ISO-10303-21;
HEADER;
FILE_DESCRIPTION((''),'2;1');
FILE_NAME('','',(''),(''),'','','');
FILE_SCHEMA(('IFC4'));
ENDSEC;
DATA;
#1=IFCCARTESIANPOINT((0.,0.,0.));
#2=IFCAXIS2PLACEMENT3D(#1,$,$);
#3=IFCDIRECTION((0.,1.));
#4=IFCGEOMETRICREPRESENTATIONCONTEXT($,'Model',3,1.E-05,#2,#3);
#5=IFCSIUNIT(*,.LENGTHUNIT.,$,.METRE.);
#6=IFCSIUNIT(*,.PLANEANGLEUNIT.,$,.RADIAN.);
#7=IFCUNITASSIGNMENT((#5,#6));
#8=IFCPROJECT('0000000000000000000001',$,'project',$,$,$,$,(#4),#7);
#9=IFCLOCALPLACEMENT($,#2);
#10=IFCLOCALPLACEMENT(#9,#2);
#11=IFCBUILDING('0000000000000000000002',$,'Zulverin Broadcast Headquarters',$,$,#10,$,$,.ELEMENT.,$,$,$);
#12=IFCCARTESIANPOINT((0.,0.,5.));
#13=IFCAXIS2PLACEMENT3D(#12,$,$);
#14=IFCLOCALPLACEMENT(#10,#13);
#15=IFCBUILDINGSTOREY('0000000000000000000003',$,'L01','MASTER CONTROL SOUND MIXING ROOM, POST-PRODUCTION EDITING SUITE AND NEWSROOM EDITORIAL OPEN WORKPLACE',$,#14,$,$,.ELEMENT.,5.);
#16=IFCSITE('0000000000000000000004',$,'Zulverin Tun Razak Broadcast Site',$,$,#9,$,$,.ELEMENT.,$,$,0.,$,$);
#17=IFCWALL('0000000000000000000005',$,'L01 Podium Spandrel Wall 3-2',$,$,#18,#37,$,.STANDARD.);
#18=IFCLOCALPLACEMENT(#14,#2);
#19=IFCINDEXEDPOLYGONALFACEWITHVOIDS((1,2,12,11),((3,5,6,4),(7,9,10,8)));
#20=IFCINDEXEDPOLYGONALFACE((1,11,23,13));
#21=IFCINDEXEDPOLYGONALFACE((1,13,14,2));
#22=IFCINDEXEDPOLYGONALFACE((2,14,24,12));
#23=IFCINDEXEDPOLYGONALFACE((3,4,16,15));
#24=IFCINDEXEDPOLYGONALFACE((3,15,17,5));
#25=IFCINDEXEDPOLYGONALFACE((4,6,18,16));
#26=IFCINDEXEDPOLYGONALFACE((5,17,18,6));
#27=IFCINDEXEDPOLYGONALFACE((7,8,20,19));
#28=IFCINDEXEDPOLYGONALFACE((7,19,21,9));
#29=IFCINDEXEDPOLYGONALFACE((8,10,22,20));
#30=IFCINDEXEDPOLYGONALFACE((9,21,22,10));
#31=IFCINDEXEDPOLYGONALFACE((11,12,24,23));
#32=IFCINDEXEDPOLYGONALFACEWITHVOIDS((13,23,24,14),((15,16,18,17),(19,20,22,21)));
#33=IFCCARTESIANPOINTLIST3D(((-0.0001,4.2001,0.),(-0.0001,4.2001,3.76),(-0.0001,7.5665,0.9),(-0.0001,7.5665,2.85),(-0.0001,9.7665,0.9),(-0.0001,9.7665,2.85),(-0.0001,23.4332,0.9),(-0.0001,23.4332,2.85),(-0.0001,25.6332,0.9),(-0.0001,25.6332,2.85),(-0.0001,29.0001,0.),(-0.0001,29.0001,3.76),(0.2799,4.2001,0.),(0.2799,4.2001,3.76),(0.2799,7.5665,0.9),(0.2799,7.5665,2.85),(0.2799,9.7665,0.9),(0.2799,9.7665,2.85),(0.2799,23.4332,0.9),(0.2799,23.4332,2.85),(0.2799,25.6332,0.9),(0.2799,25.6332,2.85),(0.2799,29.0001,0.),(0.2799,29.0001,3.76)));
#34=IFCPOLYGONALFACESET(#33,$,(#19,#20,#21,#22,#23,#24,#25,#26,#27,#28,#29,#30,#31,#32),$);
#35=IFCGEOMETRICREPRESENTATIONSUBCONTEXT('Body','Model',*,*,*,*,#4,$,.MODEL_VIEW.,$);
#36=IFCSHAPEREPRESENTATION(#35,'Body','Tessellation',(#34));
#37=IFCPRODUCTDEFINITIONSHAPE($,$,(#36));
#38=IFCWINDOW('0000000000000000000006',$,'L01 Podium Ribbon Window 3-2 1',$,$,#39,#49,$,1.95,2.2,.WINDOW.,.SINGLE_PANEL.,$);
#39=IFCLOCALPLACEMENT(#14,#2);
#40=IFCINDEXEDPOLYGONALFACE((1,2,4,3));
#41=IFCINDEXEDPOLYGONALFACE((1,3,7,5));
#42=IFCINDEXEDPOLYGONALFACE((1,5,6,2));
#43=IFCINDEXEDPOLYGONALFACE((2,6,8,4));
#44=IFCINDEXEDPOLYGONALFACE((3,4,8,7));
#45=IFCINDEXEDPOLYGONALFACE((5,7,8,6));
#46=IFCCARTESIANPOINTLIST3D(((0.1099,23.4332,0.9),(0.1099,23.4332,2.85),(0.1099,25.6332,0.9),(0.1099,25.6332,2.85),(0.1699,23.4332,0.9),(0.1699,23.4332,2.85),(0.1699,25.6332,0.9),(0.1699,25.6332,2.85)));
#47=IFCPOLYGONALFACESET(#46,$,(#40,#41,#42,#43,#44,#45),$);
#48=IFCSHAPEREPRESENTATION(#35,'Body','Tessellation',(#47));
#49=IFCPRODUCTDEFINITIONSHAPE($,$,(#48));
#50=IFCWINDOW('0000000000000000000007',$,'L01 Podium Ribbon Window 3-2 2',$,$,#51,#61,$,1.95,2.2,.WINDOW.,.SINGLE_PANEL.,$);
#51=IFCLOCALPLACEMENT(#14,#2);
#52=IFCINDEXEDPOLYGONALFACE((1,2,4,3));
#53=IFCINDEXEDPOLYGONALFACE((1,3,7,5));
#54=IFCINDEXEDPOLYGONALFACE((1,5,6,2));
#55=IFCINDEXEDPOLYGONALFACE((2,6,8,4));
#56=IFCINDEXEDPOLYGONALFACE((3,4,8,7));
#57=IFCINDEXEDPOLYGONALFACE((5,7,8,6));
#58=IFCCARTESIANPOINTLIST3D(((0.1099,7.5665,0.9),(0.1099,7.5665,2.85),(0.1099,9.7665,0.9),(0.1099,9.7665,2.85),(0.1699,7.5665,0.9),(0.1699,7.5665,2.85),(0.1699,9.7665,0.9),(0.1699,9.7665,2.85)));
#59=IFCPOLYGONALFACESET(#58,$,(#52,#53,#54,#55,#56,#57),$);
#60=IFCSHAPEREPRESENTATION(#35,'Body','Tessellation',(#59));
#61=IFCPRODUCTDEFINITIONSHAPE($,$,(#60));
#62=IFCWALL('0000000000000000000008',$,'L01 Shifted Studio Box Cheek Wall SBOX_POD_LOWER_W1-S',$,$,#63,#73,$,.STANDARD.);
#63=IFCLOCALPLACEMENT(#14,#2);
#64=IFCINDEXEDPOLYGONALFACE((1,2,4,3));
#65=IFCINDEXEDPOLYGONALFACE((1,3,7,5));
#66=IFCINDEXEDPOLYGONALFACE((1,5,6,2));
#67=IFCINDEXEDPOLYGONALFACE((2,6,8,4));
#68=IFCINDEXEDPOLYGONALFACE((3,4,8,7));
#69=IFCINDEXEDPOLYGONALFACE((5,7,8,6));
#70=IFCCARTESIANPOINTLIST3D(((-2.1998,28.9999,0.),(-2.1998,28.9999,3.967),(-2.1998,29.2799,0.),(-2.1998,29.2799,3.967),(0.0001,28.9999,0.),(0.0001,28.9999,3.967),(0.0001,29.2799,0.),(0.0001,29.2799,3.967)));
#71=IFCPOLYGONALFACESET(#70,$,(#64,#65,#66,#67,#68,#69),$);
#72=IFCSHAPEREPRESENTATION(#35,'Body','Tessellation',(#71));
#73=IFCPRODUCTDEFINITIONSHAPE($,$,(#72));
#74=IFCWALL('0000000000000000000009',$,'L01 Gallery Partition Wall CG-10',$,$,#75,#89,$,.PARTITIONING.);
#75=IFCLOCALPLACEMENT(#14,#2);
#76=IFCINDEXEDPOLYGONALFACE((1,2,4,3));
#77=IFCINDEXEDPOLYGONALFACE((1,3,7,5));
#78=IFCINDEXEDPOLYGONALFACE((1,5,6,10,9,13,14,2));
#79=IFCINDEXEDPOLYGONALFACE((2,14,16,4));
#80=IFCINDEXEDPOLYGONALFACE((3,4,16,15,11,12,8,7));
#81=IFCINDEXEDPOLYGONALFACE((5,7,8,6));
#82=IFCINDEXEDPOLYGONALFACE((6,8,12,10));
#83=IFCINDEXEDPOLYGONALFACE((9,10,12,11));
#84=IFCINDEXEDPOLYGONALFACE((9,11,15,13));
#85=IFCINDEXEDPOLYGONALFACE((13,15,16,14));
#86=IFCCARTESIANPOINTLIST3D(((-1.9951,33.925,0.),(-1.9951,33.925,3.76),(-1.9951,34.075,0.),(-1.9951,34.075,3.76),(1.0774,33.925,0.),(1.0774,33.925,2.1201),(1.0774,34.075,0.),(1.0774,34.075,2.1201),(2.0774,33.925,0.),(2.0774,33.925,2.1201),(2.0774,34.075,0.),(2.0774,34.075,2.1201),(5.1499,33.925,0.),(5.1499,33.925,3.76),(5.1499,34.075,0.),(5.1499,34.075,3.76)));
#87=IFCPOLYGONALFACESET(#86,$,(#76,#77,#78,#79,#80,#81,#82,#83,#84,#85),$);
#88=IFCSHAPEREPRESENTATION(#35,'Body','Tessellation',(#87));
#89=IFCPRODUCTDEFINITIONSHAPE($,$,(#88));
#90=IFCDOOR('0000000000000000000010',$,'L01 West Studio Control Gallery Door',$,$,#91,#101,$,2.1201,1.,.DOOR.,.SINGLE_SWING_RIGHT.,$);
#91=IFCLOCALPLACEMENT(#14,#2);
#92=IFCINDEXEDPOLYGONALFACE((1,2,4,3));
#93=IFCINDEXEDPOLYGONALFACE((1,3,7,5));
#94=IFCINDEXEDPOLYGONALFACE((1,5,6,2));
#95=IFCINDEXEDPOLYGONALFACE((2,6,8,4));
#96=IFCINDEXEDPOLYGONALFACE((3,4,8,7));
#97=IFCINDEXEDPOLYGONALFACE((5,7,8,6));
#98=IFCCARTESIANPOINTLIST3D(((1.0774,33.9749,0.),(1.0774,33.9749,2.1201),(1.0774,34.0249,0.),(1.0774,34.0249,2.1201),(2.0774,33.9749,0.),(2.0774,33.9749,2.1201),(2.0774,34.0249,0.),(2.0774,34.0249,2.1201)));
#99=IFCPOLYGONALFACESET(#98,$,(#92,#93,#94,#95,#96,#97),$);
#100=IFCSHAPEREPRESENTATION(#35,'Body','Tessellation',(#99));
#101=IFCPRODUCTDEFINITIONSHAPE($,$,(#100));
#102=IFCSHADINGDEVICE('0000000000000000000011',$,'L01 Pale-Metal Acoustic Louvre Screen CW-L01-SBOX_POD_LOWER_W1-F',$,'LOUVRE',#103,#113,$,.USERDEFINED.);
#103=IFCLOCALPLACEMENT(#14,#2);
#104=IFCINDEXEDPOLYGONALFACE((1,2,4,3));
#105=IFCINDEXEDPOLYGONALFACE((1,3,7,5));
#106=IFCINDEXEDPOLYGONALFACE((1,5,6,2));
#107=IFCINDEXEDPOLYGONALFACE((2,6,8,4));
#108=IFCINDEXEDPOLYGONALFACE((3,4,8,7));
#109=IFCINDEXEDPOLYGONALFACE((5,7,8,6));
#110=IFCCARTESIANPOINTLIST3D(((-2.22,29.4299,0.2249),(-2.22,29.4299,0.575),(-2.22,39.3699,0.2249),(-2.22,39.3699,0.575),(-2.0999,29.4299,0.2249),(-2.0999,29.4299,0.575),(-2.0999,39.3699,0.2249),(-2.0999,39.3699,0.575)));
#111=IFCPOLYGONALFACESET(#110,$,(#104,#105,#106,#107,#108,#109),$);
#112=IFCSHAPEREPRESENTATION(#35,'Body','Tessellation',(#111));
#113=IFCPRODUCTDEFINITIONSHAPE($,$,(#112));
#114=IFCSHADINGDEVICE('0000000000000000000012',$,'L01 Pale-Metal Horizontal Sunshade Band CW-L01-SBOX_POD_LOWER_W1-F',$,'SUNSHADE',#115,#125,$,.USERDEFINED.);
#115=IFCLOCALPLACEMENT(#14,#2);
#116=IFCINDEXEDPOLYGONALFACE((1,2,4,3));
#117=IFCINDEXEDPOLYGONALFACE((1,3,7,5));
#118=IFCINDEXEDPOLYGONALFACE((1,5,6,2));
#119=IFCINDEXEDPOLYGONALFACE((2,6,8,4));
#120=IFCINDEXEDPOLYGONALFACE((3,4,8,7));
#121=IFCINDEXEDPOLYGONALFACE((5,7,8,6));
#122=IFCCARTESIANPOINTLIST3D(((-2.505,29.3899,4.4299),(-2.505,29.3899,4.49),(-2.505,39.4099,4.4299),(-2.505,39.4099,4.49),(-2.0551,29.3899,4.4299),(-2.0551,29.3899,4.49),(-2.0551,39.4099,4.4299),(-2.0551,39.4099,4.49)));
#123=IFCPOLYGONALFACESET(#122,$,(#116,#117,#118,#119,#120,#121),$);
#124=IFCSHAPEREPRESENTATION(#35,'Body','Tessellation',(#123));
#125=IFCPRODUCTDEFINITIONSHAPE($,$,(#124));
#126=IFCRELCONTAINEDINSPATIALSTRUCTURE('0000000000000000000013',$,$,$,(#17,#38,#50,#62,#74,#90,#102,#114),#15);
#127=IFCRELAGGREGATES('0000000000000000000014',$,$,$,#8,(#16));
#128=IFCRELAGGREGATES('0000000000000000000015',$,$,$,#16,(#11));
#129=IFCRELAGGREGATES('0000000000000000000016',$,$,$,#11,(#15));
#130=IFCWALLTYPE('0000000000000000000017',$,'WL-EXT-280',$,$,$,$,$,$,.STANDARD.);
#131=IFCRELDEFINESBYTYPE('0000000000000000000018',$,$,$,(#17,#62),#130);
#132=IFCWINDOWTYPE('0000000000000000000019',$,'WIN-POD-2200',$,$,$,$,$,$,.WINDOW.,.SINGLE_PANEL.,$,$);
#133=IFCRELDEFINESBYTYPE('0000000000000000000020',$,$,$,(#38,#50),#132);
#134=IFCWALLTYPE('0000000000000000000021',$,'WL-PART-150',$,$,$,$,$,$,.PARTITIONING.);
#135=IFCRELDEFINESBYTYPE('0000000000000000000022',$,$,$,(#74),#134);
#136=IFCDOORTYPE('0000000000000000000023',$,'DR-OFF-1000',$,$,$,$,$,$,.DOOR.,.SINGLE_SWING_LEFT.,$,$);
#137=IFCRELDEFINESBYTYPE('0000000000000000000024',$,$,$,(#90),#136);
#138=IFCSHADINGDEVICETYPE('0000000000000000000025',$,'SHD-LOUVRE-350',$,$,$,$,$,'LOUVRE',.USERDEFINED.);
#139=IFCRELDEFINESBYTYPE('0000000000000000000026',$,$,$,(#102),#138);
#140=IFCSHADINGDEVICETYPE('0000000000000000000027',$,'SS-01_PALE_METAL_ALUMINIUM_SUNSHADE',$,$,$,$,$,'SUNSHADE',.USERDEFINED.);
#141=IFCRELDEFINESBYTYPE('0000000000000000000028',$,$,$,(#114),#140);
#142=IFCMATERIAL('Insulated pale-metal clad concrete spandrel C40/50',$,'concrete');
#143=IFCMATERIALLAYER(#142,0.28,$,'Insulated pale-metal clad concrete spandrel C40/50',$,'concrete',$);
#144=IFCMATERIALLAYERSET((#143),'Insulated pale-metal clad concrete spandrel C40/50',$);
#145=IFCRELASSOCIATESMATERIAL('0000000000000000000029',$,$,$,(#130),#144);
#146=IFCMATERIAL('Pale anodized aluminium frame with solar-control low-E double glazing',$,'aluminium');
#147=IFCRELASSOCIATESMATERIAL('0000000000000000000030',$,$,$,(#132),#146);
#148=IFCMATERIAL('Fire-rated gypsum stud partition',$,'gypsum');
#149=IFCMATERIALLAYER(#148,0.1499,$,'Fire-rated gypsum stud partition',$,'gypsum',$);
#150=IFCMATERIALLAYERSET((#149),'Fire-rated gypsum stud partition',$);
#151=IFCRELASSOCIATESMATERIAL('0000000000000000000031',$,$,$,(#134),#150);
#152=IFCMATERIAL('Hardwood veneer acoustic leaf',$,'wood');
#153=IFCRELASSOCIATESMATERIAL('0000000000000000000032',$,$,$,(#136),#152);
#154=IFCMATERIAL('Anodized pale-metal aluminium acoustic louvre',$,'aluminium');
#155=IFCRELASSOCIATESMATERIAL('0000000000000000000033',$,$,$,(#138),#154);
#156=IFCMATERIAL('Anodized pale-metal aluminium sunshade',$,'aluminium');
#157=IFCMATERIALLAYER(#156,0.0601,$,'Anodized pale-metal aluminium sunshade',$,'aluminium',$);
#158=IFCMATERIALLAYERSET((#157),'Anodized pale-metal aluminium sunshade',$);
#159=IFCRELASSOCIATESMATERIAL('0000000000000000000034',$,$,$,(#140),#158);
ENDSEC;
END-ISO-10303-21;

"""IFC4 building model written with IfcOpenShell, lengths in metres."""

from ifc_helpers import new_model, si_unit, direction, frame, frame_2d, origin, origin_2d, place, context, subcontext, project, spatial, rectangle, extrude, material, layer, layer_set, type_object, element, fill, save


model = new_model("IFC4")

# Units and contexts
model_context = context("Model", 3, precision=1e-05, world=origin(), true_north=direction((0.0, 1.0)))
body_context = subcontext(model_context, "Body", "Model", "MODEL_VIEW")
ifc_project = project(units=[si_unit("LENGTHUNIT", "METRE"), si_unit("PLANEANGLEUNIT", "RADIAN")], contexts=[model_context])

# Site, building, storey
site_placement = place(None, origin())
site = spatial("IfcSite", under=ifc_project, at=site_placement, Name="Zulverin Tun Razak Broadcast Site", CompositionType="ELEMENT", RefElevation=0.0)
building_placement = place(site_placement, origin())
building = spatial("IfcBuilding", under=site, at=building_placement, Name="Zulverin Broadcast Headquarters", CompositionType="ELEMENT")
storey_placement = place(building_placement, frame((0.0, 0.0, 5.0)))
storey = spatial("IfcBuildingStorey", under=building, at=storey_placement, Name="L01", Description="MASTER CONTROL SOUND MIXING ROOM, POST-PRODUCTION EDITING SUITE AND NEWSROOM EDITORIAL OPEN WORKPLACE", CompositionType="ELEMENT", Elevation=5.0)

# Wall, openings, windows
ifc_material_1 = material(Name="Insulated pale-metal clad concrete spandrel C40/50", Category="concrete")
ifc_layer_1 = layer(ifc_material_1, 0.28, Name="Insulated pale-metal clad concrete spandrel C40/50", Category="concrete")
ifc_layer_set_1 = layer_set([ifc_layer_1], Name="Insulated pale-metal clad concrete spandrel C40/50")
wall_type_1 = type_object("IfcWallType", Name="WL-EXT-280", PredefinedType="STANDARD", material=ifc_layer_set_1)
wall_1_placement = place(storey_placement, frame((0.1399, 29.0, 0.0), z_axis=(0.0, 0.0, 1.0), x_axis=(0.0, -1.0, 0.0)))
wall_1 = element("IfcWall", 1, at=wall_1_placement, inside=storey, type_object=wall_type_1, Name="L01 Podium Spandrel Wall 3-2", PredefinedType="STANDARD", context=body_context, shape_type="SweptSolid", body=[
    extrude(rectangle(XDim=24.8, YDim=0.28, at=frame_2d((12.3999, 0.0))), origin(), (0.0, 0.0, 1.0), 3.76),
])
opening_1_placement = place(wall_1_placement, frame((3.3667, 0.0, 0.8999)))
opening_1 = element("IfcOpeningElement", 2, at=opening_1_placement, cuts=wall_1, PredefinedType="OPENING", context=body_context, shape_type="SweptSolid", body=[
    extrude(rectangle(XDim=2.2, YDim=1.95, at=frame_2d((1.1001, 0.9751))), frame((0.0, 0.1499, 0.0), z_axis=(0.0, -1.0, 0.0), x_axis=(1.0, 0.0, 0.0)), (0.0, 0.0, 1.0), 0.3),
])
opening_2_placement = place(wall_1_placement, frame((19.2334, 0.0, 0.8999)))
opening_2 = element("IfcOpeningElement", 3, at=opening_2_placement, cuts=wall_1, PredefinedType="OPENING", context=body_context, shape_type="SweptSolid", body=[
    extrude(rectangle(XDim=2.2, YDim=1.95, at=frame_2d((1.1001, 0.9751))), frame((0.0, 0.1499, 0.0), z_axis=(0.0, -1.0, 0.0), x_axis=(1.0, 0.0, 0.0)), (0.0, 0.0, 1.0), 0.3),
])
ifc_material_2 = material(Name="Pale anodized aluminium frame with solar-control low-E double glazing", Category="aluminium")
window_type = type_object("IfcWindowType", Name="WIN-POD-2200", PartitioningType="SINGLE_PANEL", PredefinedType="WINDOW", material=ifc_material_2)
window_1_placement = place(opening_1_placement, origin())
window_1 = element("IfcWindow", 4, at=window_1_placement, inside=storey, type_object=window_type, Name="L01 Podium Ribbon Window 3-2 1", OverallHeight=1.95, OverallWidth=2.2, PartitioningType="SINGLE_PANEL", PredefinedType="WINDOW", context=body_context, shape_type="SweptSolid", body=[
    extrude(rectangle(XDim=2.2, YDim=1.95, at=frame_2d((1.1001, 0.9751))), frame((0.0, 0.03, 0.0), z_axis=(0.0, -1.0, 0.0), x_axis=(1.0, 0.0, 0.0)), (0.0, 0.0, 1.0), 0.0601),
])
fill(opening_1, window_1)
window_2_placement = place(opening_2_placement, origin())
window_2 = element("IfcWindow", 5, at=window_2_placement, inside=storey, type_object=window_type, Name="L01 Podium Ribbon Window 3-2 2", OverallHeight=1.95, OverallWidth=2.2, PartitioningType="SINGLE_PANEL", PredefinedType="WINDOW", context=body_context, shape_type="SweptSolid", body=[
    extrude(rectangle(XDim=2.2, YDim=1.95, at=frame_2d((1.1001, 0.9751))), frame((0.0, 0.03, 0.0), z_axis=(0.0, -1.0, 0.0), x_axis=(1.0, 0.0, 0.0)), (0.0, 0.0, 1.0), 0.0601),
])
fill(opening_2, window_2)

# Wall
wall_2_placement = place(storey_placement, frame((-2.2, 29.1399, 0.0), z_axis=(0.0, 0.0, 1.0), x_axis=(1.0, 0.0, 0.0)))
element("IfcWall", 6, at=wall_2_placement, inside=storey, type_object=wall_type_1, Name="L01 Shifted Studio Box Cheek Wall SBOX_POD_LOWER_W1-S", PredefinedType="STANDARD", context=body_context, shape_type="SweptSolid", body=[
    extrude(rectangle(XDim=2.2, YDim=0.28, at=frame_2d((1.1001, 0.0))), origin(), (0.0, 0.0, 1.0), 3.967),
])

# Wall, opening, door
ifc_material_3 = material(Name="Fire-rated gypsum stud partition", Category="gypsum")
ifc_layer_2 = layer(ifc_material_3, 0.1499, Name="Fire-rated gypsum stud partition", Category="gypsum")
ifc_layer_set_2 = layer_set([ifc_layer_2], Name="Fire-rated gypsum stud partition")
wall_type_2 = type_object("IfcWallType", Name="WL-PART-150", PredefinedType="PARTITIONING", material=ifc_layer_set_2)
wall_3_placement = place(storey_placement, frame((-1.9951, 34.0, 0.0), z_axis=(0.0, 0.0, 1.0), x_axis=(1.0, 0.0, 0.0)))
wall_3 = element("IfcWall", 7, at=wall_3_placement, inside=storey, type_object=wall_type_2, Name="L01 Gallery Partition Wall CG-10", PredefinedType="PARTITIONING", context=body_context, shape_type="SweptSolid", body=[
    extrude(rectangle(XDim=7.145, YDim=0.1499, at=frame_2d((3.5725, 0.0))), origin(), (0.0, 0.0, 1.0), 3.76),
])
opening_3_placement = place(wall_3_placement, frame((3.0725, 0.0, 0.0)))
opening_3 = element("IfcOpeningElement", 8, at=opening_3_placement, cuts=wall_3, PredefinedType="OPENING", context=body_context, shape_type="SweptSolid", body=[
    extrude(rectangle(XDim=1.0, YDim=2.1201, at=frame_2d((0.5, 1.0601))), frame((0.0, 0.085, 0.0), z_axis=(0.0, -1.0, 0.0), x_axis=(1.0, 0.0, 0.0)), (0.0, 0.0, 1.0), 0.1699),
])
ifc_material_4 = material(Name="Hardwood veneer acoustic leaf", Category="wood")
door_type = type_object("IfcDoorType", Name="DR-OFF-1000", OperationType="SINGLE_SWING_LEFT", PredefinedType="DOOR", material=ifc_material_4)
door_placement = place(opening_3_placement, origin())
door = element("IfcDoor", 9, at=door_placement, inside=storey, type_object=door_type, Name="L01 West Studio Control Gallery Door", OperationType="SINGLE_SWING_RIGHT", OverallHeight=2.1201, OverallWidth=1.0, PredefinedType="DOOR", context=body_context, shape_type="SweptSolid", body=[
    extrude(rectangle(XDim=1.0, YDim=2.1201, at=frame_2d((0.5, 1.0601))), frame((0.0, 0.0249, 0.0), z_axis=(0.0, -1.0, 0.0), x_axis=(1.0, 0.0, 0.0)), (0.0, 0.0, 1.0), 0.05),
])
fill(opening_3, door)

# Shading devices
ifc_material_5 = material(Name="Anodized pale-metal aluminium acoustic louvre", Category="aluminium")
shading_device_type_1 = type_object("IfcShadingDeviceType", Name="SHD-LOUVRE-350", ElementType="LOUVRE", PredefinedType="USERDEFINED", material=ifc_material_5)
shading_device_1_placement = place(storey_placement, frame((-2.1599, 34.3999, 0.2249), z_axis=(0.0, 0.0, 1.0), x_axis=(0.0, -1.0, 0.0)))
element("IfcShadingDevice", 10, at=shading_device_1_placement, inside=storey, type_object=shading_device_type_1, Name="L01 Pale-Metal Acoustic Louvre Screen CW-L01-SBOX_POD_LOWER_W1-F", ObjectType="LOUVRE", PredefinedType="USERDEFINED", context=body_context, shape_type="SweptSolid", body=[
    extrude(rectangle(XDim=9.9399, YDim=0.1201, at=origin_2d()), origin(), (0.0, 0.0, 1.0), 0.3501),
])
ifc_material_6 = material(Name="Anodized pale-metal aluminium sunshade", Category="aluminium")
ifc_layer_3 = layer(ifc_material_6, 0.0601, Name="Anodized pale-metal aluminium sunshade", Category="aluminium")
ifc_layer_set_3 = layer_set([ifc_layer_3], Name="Anodized pale-metal aluminium sunshade")
shading_device_type_2 = type_object("IfcShadingDeviceType", Name="SS-01_PALE_METAL_ALUMINIUM_SUNSHADE", ElementType="SUNSHADE", PredefinedType="USERDEFINED", material=ifc_layer_set_3)
shading_device_2_placement = place(storey_placement, frame((-2.28, 34.3999, 4.4299), z_axis=(0.0, 0.0, 1.0), x_axis=(0.0, -1.0, 0.0)))
element("IfcShadingDevice", 11, at=shading_device_2_placement, inside=storey, type_object=shading_device_type_2, Name="L01 Pale-Metal Horizontal Sunshade Band CW-L01-SBOX_POD_LOWER_W1-F", ObjectType="SUNSHADE", PredefinedType="USERDEFINED", context=body_context, shape_type="SweptSolid", body=[
    extrude(rectangle(XDim=10.02, YDim=0.45, at=origin_2d()), origin(), (0.0, 0.0, 1.0), 0.0601),
])

save(model, "model.ifc")
